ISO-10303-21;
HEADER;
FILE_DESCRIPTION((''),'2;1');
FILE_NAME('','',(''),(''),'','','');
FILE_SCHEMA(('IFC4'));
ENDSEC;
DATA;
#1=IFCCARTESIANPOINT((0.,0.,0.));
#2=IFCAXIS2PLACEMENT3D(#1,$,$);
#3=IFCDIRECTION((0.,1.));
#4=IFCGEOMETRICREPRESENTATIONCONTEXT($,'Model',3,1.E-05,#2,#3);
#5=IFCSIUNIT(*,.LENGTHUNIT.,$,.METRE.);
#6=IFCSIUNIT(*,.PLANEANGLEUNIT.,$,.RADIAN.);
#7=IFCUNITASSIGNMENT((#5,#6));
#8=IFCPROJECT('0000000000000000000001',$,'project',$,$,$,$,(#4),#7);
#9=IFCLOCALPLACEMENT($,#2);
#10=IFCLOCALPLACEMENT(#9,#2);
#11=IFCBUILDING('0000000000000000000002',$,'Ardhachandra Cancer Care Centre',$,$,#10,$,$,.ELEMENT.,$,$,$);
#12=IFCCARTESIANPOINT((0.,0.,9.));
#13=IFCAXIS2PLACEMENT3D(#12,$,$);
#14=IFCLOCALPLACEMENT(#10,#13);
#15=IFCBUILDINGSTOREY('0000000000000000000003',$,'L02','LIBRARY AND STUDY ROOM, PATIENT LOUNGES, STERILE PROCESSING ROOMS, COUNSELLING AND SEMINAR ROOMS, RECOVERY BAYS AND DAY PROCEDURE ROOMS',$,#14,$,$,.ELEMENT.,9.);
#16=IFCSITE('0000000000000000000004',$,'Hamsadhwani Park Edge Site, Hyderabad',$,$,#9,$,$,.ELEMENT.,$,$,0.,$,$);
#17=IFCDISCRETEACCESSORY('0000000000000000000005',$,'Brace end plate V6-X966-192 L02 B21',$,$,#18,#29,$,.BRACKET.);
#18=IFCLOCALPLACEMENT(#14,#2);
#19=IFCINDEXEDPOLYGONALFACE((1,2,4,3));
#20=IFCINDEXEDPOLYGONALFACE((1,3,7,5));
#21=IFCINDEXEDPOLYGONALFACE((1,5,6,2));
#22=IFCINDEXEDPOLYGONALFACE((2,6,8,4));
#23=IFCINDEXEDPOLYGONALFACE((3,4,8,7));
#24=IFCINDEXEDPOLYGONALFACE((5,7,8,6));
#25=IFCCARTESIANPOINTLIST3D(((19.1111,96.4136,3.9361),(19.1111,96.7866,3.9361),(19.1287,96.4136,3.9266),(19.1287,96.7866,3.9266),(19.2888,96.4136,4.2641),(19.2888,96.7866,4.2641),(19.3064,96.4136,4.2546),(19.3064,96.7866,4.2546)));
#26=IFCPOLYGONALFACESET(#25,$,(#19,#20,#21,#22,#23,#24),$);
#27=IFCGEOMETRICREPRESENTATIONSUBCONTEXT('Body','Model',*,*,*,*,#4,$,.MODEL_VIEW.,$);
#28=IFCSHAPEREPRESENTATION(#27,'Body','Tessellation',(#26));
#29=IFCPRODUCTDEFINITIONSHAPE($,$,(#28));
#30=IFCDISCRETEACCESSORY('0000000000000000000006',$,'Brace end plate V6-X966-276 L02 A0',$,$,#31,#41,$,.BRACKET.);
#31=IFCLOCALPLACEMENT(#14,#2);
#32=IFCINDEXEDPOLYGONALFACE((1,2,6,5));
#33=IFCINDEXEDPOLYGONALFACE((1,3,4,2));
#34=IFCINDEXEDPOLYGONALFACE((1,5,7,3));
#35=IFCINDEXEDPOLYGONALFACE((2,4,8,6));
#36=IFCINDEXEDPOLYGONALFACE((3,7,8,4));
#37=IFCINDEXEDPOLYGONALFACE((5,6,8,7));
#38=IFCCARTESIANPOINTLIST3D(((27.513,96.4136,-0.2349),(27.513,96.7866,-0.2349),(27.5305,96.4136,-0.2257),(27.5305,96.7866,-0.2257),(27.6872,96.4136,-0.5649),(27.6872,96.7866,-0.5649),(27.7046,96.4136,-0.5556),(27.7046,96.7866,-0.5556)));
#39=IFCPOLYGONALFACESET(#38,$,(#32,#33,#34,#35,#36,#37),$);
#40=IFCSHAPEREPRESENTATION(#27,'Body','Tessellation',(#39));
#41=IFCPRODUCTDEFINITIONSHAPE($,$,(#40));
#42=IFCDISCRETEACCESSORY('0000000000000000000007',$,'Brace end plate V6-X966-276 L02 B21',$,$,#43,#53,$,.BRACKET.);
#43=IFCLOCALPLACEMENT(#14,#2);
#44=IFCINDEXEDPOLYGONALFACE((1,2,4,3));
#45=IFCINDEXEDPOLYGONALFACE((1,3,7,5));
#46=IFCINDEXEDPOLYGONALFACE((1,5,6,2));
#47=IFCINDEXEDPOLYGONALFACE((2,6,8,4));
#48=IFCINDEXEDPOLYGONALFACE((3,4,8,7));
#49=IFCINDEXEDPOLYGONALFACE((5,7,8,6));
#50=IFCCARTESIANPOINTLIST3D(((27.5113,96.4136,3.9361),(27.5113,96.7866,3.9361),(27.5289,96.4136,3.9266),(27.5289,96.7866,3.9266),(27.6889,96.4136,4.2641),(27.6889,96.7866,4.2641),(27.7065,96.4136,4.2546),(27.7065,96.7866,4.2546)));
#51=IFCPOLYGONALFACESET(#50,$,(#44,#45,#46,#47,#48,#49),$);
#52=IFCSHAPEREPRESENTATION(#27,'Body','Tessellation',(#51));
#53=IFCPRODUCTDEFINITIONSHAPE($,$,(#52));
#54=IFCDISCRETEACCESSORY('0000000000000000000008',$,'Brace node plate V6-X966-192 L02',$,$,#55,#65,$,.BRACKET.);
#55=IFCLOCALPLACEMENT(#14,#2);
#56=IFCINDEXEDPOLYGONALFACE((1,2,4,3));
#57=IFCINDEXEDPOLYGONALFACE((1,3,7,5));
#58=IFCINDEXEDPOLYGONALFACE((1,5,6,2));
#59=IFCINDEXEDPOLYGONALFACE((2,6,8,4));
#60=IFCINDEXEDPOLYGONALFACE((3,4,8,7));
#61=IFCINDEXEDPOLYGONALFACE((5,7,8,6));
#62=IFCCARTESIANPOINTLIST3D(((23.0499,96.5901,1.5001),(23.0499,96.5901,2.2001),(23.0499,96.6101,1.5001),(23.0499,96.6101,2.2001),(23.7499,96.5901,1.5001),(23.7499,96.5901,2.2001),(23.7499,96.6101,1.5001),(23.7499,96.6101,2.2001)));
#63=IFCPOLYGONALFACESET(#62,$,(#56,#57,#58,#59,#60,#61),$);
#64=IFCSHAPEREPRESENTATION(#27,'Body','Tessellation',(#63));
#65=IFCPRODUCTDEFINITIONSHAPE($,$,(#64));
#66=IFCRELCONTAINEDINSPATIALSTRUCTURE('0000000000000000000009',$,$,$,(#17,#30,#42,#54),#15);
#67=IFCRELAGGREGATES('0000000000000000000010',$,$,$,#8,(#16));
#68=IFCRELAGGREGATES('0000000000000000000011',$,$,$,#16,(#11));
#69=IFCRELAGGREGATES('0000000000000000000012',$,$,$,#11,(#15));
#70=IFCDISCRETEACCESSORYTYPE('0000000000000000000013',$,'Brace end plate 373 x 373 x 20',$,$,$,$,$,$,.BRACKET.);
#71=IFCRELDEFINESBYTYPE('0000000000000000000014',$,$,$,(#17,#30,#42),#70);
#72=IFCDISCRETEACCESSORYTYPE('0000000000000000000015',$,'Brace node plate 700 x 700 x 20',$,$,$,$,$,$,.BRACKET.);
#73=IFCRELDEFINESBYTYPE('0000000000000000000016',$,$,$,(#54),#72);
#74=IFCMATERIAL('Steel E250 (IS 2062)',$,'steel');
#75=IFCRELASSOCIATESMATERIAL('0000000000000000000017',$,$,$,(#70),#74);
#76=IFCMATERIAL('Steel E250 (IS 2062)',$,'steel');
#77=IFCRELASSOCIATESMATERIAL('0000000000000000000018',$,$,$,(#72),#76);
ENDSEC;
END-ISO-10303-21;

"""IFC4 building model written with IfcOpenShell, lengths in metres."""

from ifc_helpers import new_model, si_unit, direction, frame, origin, origin_2d, place, context, subcontext, project, spatial, rectangle, extrude, material, material_profile, profile_set, type_object, element, save


model = new_model("IFC4")

# Units and contexts
model_context = context("Model", 3, precision=1e-05, world=origin(), true_north=direction((0.0, 1.0)))
body_context = subcontext(model_context, "Body", "Model", "MODEL_VIEW")
ifc_project = project(units=[si_unit("LENGTHUNIT", "METRE"), si_unit("PLANEANGLEUNIT", "RADIAN")], contexts=[model_context])

# Site, building, storey
site_placement = place(None, origin())
site = spatial("IfcSite", under=ifc_project, at=site_placement, Name="Hamsadhwani Park Edge Site, Hyderabad", CompositionType="ELEMENT", RefElevation=0.0)
building_placement = place(site_placement, origin())
building = spatial("IfcBuilding", under=site, at=building_placement, Name="Ardhachandra Cancer Care Centre", CompositionType="ELEMENT")
storey_placement = place(building_placement, frame((0.0, 0.0, 9.0)))
storey = spatial("IfcBuildingStorey", under=building, at=storey_placement, Name="L02", Description="LIBRARY AND STUDY ROOM, PATIENT LOUNGES, STERILE PROCESSING ROOMS, COUNSELLING AND SEMINAR ROOMS, RECOVERY BAYS AND DAY PROCEDURE ROOMS", CompositionType="ELEMENT", Elevation=9.0)

# Discrete accessories
ifc_material_1 = material(Name="Steel E250 (IS 2062)", Category="steel")
ifc_material_profile_1 = material_profile(ifc_material_1, rectangle(XDim=0.373, YDim=0.373, at=origin_2d()), Name="PL 373x373x20")
ifc_profile_set_1 = profile_set([ifc_material_profile_1], Name="Steel E250 (IS 2062)")
discrete_accessory_type_1 = type_object("IfcDiscreteAccessoryType", Name="Brace end plate 373 x 373 x 20", PredefinedType="BRACKET", material=ifc_profile_set_1)
for number, where, z_axis, x_axis, name in (
    (1, (19.2, 96.6001, 4.1001), (0.879292, 0.0, -0.476283), (0.0, 1.0, 0.0), "Brace end plate V6-X966-192 L02 B21"),
):
    element("IfcDiscreteAccessory", number, at=place(storey_placement, frame(where, z_axis=z_axis, x_axis=x_axis)), inside=storey, type_object=discrete_accessory_type_1, Name=name, PredefinedType="BRACKET", context=body_context, shape_type="SweptSolid", body=[
        extrude(rectangle(XDim=0.373, YDim=0.373, at=origin_2d()), origin(), (0.0, 0.0, 1.0), 0.02),
    ])
discrete_accessory_1_placement = place(storey_placement, frame((27.6001, 96.6001, -0.3999), z_axis=(0.884385, 0.0, 0.466759), x_axis=(0.0, 1.0, 0.0)))
element("IfcDiscreteAccessory", 2, at=discrete_accessory_1_placement, inside=storey, type_object=discrete_accessory_type_1, Name="Brace end plate V6-X966-276 L02 A0", PredefinedType="BRACKET", context=body_context, shape_type="SweptSolid", body=[
    extrude(rectangle(XDim=0.373, YDim=0.373, at=origin_2d()), origin(), (0.0, 0.0, 1.0), 0.0198),
])
discrete_accessory_2_placement = place(storey_placement, frame((27.6001, 96.6001, 4.1001), z_axis=(0.879292, 0.0, -0.476283), x_axis=(0.0, 1.0, 0.0)))
element("IfcDiscreteAccessory", 3, at=discrete_accessory_2_placement, inside=storey, type_object=discrete_accessory_type_1, Name="Brace end plate V6-X966-276 L02 B21", PredefinedType="BRACKET", context=body_context, shape_type="SweptSolid", body=[
    extrude(rectangle(XDim=0.373, YDim=0.373, at=origin_2d()), origin(), (0.0, 0.0, 1.0), 0.02),
])
ifc_material_2 = material(Name="Steel E250 (IS 2062)", Category="steel")
ifc_material_profile_2 = material_profile(ifc_material_2, rectangle(XDim=0.7, YDim=0.7, at=origin_2d()), Name="PL 700x700x20")
ifc_profile_set_2 = profile_set([ifc_material_profile_2], Name="Steel E250 (IS 2062)")
discrete_accessory_type_2 = type_object("IfcDiscreteAccessoryType", Name="Brace node plate 700 x 700 x 20", PredefinedType="BRACKET", material=ifc_profile_set_2)
discrete_accessory_3_placement = place(storey_placement, frame((23.3999, 96.5901, 1.8501), z_axis=(0.0, 1.0, 0.0), x_axis=(-1.0, 0.0, 0.0)))
element("IfcDiscreteAccessory", 4, at=discrete_accessory_3_placement, inside=storey, type_object=discrete_accessory_type_2, Name="Brace node plate V6-X966-192 L02", PredefinedType="BRACKET", context=body_context, shape_type="SweptSolid", body=[
    extrude(rectangle(XDim=0.7, YDim=0.7, at=origin_2d()), origin(), (0.0, 0.0, 1.0), 0.02),
])

save(model, "model.ifc")
